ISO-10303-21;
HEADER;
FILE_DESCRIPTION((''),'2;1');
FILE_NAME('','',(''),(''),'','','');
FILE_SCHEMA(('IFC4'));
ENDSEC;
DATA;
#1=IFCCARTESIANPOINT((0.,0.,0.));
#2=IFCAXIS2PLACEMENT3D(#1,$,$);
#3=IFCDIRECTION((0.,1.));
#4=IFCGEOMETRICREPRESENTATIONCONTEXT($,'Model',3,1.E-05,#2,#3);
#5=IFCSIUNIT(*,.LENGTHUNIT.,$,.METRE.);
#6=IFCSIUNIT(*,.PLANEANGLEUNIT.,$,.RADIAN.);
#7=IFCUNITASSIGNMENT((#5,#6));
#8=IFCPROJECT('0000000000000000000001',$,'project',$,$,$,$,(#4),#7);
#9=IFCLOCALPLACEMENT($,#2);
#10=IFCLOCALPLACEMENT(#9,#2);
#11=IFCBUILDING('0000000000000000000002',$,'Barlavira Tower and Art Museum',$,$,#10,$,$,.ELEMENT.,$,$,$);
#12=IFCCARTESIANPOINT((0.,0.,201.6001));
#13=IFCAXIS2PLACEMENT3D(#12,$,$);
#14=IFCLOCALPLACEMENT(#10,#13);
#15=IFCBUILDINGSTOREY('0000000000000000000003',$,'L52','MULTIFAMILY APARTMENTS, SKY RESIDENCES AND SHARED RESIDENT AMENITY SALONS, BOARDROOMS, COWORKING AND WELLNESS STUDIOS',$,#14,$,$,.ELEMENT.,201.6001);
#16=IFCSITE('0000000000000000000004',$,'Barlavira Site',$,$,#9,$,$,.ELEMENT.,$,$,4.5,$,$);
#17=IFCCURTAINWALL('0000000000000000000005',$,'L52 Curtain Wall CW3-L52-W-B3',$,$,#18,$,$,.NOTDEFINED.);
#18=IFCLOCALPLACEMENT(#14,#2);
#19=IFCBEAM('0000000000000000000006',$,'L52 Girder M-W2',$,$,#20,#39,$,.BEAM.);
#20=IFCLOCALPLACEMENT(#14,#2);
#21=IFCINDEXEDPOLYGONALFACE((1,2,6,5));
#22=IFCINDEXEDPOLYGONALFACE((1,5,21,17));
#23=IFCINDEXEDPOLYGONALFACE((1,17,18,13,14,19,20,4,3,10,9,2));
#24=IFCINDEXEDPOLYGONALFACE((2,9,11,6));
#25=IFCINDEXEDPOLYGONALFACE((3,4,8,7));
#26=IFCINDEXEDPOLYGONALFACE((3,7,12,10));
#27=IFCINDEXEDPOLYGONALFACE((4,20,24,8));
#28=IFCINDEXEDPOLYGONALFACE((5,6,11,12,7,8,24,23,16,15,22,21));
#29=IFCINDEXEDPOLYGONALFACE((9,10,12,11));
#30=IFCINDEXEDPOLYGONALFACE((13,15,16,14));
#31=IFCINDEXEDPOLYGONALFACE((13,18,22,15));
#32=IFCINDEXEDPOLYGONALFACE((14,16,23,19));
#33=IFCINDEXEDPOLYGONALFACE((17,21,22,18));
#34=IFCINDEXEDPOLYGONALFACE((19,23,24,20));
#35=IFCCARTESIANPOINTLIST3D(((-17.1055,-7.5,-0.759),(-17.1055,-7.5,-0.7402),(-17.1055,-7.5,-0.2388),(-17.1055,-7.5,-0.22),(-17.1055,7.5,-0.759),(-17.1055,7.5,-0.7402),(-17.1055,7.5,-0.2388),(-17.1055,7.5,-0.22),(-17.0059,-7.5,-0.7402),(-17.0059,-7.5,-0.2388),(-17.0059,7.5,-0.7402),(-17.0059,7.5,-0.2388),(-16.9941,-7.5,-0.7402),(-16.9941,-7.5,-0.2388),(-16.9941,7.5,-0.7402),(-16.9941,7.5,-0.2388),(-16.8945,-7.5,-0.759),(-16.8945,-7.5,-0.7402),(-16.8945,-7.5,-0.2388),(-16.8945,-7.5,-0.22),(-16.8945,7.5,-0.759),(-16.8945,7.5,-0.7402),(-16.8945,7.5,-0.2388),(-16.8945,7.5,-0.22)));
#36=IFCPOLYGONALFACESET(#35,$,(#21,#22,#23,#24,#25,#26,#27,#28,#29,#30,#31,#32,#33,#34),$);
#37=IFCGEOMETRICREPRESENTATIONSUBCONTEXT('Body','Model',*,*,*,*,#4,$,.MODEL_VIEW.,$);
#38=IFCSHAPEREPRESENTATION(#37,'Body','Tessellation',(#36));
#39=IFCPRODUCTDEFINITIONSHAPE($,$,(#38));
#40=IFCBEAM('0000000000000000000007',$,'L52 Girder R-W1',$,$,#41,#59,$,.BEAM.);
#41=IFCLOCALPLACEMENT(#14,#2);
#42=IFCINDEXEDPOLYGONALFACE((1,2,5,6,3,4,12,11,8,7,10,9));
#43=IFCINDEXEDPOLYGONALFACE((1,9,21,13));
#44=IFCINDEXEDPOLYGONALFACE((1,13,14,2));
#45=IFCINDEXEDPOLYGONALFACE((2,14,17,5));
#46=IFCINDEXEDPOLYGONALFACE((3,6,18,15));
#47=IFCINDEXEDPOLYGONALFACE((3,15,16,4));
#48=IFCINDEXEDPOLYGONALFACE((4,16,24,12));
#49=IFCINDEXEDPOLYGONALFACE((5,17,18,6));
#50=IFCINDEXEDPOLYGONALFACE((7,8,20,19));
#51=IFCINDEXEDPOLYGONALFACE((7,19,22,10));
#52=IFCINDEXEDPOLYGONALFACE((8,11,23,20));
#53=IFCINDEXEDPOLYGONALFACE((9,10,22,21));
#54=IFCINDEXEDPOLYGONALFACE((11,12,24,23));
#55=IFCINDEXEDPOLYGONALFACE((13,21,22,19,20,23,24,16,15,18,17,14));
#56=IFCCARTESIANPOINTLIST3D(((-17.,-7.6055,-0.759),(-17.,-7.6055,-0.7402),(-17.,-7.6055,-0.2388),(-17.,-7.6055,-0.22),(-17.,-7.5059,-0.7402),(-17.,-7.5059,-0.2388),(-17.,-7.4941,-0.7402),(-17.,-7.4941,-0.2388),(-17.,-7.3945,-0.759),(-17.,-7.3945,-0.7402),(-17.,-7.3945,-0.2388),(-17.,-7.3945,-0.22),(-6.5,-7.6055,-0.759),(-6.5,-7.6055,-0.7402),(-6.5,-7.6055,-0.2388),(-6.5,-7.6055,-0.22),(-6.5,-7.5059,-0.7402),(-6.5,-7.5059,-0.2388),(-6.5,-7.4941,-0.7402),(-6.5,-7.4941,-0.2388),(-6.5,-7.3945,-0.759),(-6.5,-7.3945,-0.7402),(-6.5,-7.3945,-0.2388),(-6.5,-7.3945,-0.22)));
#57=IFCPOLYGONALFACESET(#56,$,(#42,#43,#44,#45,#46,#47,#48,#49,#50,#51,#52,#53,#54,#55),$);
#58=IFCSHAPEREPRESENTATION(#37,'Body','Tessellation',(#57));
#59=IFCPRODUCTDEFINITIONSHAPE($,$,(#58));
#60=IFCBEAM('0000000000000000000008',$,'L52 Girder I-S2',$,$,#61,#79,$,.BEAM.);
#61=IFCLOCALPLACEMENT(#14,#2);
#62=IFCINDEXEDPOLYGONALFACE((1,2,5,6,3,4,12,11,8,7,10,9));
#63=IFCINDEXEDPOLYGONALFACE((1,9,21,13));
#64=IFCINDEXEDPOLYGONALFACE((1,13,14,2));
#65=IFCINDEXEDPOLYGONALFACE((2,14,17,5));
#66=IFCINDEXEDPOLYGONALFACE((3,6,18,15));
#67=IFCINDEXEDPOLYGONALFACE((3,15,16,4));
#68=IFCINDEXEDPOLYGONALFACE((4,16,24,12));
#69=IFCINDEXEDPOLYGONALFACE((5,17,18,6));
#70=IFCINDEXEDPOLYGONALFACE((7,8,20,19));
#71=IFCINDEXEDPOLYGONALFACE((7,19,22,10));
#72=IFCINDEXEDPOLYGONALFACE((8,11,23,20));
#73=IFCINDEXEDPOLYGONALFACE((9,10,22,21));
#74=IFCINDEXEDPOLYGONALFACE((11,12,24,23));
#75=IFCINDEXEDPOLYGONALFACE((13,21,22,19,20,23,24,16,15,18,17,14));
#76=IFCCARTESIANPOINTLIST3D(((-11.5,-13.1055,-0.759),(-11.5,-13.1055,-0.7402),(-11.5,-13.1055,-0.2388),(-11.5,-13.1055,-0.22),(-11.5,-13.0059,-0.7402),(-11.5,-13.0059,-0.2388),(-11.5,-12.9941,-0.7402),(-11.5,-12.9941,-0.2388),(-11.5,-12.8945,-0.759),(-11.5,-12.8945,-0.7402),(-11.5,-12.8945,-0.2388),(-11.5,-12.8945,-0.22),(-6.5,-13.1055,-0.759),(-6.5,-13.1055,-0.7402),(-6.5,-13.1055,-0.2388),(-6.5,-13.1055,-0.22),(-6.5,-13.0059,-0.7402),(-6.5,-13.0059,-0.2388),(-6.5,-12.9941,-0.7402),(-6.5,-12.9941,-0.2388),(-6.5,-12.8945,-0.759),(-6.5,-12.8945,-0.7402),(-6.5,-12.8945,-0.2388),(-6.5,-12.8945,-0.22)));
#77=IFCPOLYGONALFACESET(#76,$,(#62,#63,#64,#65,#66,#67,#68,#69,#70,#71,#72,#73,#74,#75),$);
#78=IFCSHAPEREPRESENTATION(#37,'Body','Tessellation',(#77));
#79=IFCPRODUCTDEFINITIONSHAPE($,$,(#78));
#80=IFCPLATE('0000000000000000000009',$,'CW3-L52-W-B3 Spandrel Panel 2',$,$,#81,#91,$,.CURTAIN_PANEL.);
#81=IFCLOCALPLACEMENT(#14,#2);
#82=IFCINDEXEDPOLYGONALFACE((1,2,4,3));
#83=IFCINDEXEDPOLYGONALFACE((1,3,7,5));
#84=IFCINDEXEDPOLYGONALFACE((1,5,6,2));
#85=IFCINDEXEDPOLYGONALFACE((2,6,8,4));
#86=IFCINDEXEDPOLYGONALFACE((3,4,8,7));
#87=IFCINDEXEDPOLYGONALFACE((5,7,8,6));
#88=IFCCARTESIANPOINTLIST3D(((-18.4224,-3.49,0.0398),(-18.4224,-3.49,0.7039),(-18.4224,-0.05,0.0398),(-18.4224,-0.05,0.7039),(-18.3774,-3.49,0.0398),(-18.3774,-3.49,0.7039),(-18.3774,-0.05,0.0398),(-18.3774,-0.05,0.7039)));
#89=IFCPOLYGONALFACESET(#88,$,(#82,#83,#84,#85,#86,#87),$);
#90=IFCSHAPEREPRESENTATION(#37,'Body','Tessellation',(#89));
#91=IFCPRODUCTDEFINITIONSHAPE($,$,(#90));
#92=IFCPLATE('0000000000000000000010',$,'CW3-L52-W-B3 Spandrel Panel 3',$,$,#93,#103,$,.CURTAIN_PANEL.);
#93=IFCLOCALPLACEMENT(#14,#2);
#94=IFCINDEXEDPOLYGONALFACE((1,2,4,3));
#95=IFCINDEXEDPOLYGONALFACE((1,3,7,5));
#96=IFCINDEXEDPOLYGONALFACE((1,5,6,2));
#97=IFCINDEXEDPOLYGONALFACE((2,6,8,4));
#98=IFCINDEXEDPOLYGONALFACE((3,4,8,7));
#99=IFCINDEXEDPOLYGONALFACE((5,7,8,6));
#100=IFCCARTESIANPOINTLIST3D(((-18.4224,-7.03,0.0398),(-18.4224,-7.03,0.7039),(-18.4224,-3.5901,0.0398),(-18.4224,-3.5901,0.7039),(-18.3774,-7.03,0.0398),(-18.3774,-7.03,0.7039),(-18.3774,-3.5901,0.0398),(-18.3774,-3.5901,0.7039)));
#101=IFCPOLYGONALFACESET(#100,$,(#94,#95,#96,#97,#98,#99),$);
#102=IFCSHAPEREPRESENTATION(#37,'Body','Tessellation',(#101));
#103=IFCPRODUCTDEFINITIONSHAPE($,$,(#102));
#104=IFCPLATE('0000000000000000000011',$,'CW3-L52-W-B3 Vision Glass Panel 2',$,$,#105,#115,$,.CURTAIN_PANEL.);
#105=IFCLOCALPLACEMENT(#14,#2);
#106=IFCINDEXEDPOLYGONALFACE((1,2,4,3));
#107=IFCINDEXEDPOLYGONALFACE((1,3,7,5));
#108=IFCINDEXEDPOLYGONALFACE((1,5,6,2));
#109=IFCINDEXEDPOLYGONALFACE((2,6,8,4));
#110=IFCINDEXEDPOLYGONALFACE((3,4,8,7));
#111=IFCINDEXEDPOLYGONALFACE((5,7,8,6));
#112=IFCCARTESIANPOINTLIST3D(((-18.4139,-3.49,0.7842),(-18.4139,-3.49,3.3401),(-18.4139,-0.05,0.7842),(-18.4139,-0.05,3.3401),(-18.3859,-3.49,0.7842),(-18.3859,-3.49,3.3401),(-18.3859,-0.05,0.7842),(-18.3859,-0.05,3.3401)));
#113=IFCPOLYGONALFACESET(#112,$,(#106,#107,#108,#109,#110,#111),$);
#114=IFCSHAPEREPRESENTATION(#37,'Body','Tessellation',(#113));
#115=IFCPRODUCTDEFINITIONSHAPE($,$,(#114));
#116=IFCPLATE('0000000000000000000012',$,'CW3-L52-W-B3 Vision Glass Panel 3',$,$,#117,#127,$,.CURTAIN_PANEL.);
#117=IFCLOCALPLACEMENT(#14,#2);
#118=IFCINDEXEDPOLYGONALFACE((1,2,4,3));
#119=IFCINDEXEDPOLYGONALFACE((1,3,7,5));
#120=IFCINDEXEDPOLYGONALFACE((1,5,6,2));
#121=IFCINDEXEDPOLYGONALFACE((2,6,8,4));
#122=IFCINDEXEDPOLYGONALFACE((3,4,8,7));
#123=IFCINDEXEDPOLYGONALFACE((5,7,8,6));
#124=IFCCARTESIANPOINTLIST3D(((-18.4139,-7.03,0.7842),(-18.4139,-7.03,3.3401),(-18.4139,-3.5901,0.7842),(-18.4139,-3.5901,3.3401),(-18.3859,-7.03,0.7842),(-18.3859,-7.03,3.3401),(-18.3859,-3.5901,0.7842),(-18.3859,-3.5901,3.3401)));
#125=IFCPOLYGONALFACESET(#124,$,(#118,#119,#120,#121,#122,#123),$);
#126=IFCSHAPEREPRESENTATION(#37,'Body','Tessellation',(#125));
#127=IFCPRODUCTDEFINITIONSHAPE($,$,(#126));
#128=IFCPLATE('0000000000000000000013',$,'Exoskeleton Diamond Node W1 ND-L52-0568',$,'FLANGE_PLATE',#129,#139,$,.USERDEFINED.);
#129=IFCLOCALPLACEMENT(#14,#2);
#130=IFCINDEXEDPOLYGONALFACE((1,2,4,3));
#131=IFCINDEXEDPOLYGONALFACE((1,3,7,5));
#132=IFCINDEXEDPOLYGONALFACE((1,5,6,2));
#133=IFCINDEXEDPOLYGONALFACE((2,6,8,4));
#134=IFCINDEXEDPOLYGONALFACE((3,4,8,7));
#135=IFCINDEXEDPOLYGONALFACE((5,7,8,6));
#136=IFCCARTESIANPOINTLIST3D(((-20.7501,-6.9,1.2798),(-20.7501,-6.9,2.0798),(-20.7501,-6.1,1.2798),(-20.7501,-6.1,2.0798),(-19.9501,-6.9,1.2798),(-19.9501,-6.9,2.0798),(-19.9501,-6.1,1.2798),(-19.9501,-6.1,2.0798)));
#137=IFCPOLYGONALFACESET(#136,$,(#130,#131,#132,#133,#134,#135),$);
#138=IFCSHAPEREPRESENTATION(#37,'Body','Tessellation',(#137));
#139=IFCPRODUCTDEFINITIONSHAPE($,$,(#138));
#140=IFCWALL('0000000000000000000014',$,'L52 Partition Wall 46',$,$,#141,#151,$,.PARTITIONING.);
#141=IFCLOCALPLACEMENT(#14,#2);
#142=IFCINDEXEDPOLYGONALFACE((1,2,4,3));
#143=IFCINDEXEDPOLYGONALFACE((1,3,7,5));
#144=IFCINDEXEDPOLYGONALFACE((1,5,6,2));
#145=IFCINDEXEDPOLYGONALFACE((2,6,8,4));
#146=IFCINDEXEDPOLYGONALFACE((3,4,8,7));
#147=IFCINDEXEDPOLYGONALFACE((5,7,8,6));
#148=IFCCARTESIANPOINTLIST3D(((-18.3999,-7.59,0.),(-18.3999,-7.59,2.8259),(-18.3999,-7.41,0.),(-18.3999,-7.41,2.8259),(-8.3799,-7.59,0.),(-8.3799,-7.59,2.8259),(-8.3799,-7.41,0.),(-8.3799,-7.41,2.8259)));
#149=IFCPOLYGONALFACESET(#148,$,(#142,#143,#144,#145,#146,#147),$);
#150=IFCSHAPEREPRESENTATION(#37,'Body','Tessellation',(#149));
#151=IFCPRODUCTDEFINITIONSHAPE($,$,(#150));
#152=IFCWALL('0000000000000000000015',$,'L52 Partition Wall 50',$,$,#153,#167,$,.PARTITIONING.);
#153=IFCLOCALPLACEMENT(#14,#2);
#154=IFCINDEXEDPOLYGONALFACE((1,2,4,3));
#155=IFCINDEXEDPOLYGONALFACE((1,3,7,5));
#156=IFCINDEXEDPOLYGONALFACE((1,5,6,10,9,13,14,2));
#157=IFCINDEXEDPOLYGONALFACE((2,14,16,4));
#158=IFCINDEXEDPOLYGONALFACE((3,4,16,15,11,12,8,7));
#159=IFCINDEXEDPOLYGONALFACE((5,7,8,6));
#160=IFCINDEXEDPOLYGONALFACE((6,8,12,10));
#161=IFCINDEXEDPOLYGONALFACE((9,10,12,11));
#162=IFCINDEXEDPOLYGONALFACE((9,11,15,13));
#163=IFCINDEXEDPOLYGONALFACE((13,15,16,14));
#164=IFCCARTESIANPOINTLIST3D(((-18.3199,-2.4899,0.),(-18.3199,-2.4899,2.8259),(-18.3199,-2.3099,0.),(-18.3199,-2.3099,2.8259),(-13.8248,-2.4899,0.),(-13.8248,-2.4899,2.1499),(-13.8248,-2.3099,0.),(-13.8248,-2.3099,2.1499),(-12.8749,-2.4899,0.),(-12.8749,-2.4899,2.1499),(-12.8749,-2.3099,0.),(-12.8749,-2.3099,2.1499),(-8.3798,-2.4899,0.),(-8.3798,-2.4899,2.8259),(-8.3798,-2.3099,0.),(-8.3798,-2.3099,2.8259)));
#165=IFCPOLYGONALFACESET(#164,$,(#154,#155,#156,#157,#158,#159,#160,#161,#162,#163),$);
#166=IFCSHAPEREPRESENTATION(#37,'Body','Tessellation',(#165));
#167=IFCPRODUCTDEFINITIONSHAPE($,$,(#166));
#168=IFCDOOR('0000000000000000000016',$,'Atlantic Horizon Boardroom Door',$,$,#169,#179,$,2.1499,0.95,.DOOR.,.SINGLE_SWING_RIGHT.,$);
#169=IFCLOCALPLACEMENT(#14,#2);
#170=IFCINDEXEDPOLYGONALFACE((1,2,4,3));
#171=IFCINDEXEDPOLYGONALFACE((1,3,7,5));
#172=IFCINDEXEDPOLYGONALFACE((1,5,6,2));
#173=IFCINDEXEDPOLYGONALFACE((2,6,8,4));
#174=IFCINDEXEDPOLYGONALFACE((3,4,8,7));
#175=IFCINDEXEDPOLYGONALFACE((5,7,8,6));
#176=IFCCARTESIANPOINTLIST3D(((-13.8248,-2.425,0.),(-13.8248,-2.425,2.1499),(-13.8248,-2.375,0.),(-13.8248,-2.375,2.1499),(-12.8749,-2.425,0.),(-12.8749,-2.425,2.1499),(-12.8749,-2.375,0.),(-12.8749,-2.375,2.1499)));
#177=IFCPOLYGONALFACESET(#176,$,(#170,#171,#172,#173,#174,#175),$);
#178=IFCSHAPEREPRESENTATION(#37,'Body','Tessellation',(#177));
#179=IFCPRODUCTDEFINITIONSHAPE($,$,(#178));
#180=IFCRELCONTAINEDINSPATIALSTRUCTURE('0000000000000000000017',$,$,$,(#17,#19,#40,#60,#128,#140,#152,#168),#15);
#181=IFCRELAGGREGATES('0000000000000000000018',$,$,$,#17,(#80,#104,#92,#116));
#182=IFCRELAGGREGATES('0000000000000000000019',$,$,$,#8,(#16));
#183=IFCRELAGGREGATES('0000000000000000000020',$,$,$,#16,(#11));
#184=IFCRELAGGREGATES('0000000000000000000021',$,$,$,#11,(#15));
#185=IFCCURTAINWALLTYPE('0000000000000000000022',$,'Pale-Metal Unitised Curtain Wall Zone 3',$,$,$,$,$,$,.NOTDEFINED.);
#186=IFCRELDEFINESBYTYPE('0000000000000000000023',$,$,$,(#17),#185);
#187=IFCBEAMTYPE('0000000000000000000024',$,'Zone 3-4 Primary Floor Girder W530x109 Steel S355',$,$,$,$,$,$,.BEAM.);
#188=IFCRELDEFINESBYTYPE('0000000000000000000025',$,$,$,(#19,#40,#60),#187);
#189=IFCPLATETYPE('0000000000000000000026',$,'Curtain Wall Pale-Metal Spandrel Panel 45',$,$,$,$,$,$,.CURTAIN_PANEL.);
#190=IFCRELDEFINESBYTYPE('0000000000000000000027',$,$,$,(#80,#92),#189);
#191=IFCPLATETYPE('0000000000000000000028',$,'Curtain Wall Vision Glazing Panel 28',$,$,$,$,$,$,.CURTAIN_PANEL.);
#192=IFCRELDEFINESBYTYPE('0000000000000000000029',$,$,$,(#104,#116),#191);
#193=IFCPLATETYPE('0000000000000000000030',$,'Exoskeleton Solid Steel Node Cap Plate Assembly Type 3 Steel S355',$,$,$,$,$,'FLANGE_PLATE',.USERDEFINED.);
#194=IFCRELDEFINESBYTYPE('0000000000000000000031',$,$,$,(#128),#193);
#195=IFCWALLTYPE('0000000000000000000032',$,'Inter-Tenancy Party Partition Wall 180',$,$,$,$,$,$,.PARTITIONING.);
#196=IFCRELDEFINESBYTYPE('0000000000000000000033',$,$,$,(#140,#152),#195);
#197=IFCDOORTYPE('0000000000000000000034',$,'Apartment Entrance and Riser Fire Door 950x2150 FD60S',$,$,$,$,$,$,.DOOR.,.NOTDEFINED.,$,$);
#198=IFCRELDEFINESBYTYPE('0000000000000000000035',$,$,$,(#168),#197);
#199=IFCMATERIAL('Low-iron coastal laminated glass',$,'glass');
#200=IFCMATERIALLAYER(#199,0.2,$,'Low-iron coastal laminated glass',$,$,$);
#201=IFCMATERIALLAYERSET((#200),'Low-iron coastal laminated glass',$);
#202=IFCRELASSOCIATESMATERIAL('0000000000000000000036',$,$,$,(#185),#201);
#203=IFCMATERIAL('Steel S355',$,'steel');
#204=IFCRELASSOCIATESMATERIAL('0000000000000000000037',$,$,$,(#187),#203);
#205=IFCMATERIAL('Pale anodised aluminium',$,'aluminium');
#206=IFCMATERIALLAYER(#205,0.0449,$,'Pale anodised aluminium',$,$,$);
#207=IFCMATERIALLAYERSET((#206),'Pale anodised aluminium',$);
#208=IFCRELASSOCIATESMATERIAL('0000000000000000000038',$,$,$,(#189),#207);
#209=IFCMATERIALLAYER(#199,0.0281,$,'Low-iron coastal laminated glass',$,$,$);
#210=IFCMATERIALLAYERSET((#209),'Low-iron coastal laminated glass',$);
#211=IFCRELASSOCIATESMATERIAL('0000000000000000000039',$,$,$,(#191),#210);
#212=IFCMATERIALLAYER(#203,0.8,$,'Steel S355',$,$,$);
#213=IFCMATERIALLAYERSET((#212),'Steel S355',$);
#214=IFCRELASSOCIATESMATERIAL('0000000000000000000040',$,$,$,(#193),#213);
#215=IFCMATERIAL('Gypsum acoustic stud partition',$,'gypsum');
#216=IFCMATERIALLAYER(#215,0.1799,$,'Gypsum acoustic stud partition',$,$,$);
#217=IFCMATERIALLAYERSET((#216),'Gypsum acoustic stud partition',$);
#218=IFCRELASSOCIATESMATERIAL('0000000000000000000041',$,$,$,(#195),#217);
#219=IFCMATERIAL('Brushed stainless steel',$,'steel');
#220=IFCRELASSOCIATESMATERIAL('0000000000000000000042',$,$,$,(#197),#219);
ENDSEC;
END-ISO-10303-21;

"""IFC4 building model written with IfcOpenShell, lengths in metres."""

from ifc_helpers import new_model, si_unit, direction, frame, frame_2d, origin, origin_2d, place, context, subcontext, project, spatial, rectangle, i_section, extrude, material, layer, layer_set, material_profile, profile_set, type_object, element, fill, aggregate, save


model = new_model("IFC4")

# Units and contexts
model_context = context("Model", 3, precision=1e-05, world=origin(), true_north=direction((0.0, 1.0)))
body_context = subcontext(model_context, "Body", "Model", "MODEL_VIEW")
ifc_project = project(units=[si_unit("LENGTHUNIT", "METRE"), si_unit("PLANEANGLEUNIT", "RADIAN")], contexts=[model_context])

# Site, building, storey
site_placement = place(None, origin())
site = spatial("IfcSite", under=ifc_project, at=site_placement, Name="Barlavira Site", CompositionType="ELEMENT", RefElevation=4.5)
building_placement = place(site_placement, origin())
building = spatial("IfcBuilding", under=site, at=building_placement, Name="Barlavira Tower and Art Museum", CompositionType="ELEMENT")
storey_placement = place(building_placement, frame((0.0, 0.0, 201.6001)))
storey = spatial("IfcBuildingStorey", under=building, at=storey_placement, Name="L52", Description="MULTIFAMILY APARTMENTS, SKY RESIDENCES AND SHARED RESIDENT AMENITY SALONS, BOARDROOMS, COWORKING AND WELLNESS STUDIOS", CompositionType="ELEMENT", Elevation=201.6001)

# Curtain wall
ifc_material_1 = material(Name="Low-iron coastal laminated glass", Category="glass")
ifc_layer_1 = layer(ifc_material_1, 0.2, Name="Low-iron coastal laminated glass")
ifc_layer_set_1 = layer_set([ifc_layer_1], Name="Low-iron coastal laminated glass")
curtain_wall_type = type_object("IfcCurtainWallType", Name="Pale-Metal Unitised Curtain Wall Zone 3", PredefinedType="NOTDEFINED", material=ifc_layer_set_1)
curtain_wall_placement = place(storey_placement, origin())
curtain_wall = element("IfcCurtainWall", 1, at=curtain_wall_placement, inside=storey, type_object=curtain_wall_type, Name="L52 Curtain Wall CW3-L52-W-B3", PredefinedType="NOTDEFINED")
ifc_material_2 = material(Name="Pale anodised aluminium", Category="aluminium")

# Beams
ifc_material_3 = material(Name="Steel S355", Category="steel")
ifc_material_profile_1 = material_profile(ifc_material_3, i_section(OverallWidth=0.2109, OverallDepth=0.5391, WebThickness=0.0117, FlangeThickness=0.0188, at=origin_2d()), Name="W530x109.0")
ifc_profile_set_1 = profile_set([ifc_material_profile_1], Name="Steel S355")
beam_type_1 = type_object("IfcBeamType", Name="Zone 3-4 Primary Floor Girder W530x109 Steel S355", PredefinedType="BEAM", material=ifc_profile_set_1)
beam_1_placement = place(storey_placement, frame((-17.0, -7.5, -0.4895), z_axis=(0.0, 1.0, 0.0), x_axis=(-1.0, 0.0, 0.0)))
element("IfcBeam", 2, at=beam_1_placement, inside=storey, type_object=beam_type_1, Name="L52 Girder M-W2", PredefinedType="BEAM", context=body_context, shape_type="SweptSolid", body=[
    extrude(i_section(OverallWidth=0.2109, OverallDepth=0.5391, WebThickness=0.0117, FlangeThickness=0.0188, at=origin_2d()), origin(), (0.0, 0.0, 1.0), 15.0),
])
beam_2_placement = place(storey_placement, frame((-17.0, -7.5, -0.4895), z_axis=(1.0, 0.0, 0.0), x_axis=(0.0, 1.0, 0.0)))
element("IfcBeam", 3, at=beam_2_placement, inside=storey, type_object=beam_type_1, Name="L52 Girder R-W1", PredefinedType="BEAM", context=body_context, shape_type="SweptSolid", body=[
    extrude(i_section(OverallWidth=0.2109, OverallDepth=0.5391, WebThickness=0.0117, FlangeThickness=0.0188, at=origin_2d()), origin(), (0.0, 0.0, 1.0), 10.5),
])
beam_3_placement = place(storey_placement, frame((-11.5, -13.0, -0.4895), z_axis=(1.0, 0.0, 0.0), x_axis=(0.0, 1.0, 0.0)))
element("IfcBeam", 4, at=beam_3_placement, inside=storey, type_object=beam_type_1, Name="L52 Girder I-S2", PredefinedType="BEAM", context=body_context, shape_type="SweptSolid", body=[
    extrude(i_section(OverallWidth=0.2109, OverallDepth=0.5391, WebThickness=0.0117, FlangeThickness=0.0188, at=origin_2d()), origin(), (0.0, 0.0, 1.0), 5.0),
])

# Plates
ifc_layer_2 = layer(ifc_material_2, 0.0449, Name="Pale anodised aluminium")
ifc_layer_set_2 = layer_set([ifc_layer_2], Name="Pale anodised aluminium")
plate_type_1 = type_object("IfcPlateType", Name="Curtain Wall Pale-Metal Spandrel Panel 45", PredefinedType="CURTAIN_PANEL", material=ifc_layer_set_2)
plate_1_placement = place(storey_placement, frame((-18.3999, -1.77, 0.0398), z_axis=(0.0, 0.0, 1.0), x_axis=(0.0, -1.0, 0.0)))
plate_1 = element("IfcPlate", 5, at=plate_1_placement, type_object=plate_type_1, Name="CW3-L52-W-B3 Spandrel Panel 2", PredefinedType="CURTAIN_PANEL", context=body_context, shape_type="SweptSolid", body=[
    extrude(rectangle(XDim=3.4399, YDim=0.0449, at=origin_2d()), origin(), (0.0, 0.0, 1.0), 0.6641),
])
plate_2_placement = place(storey_placement, frame((-18.3999, -5.3101, 0.0398), z_axis=(0.0, 0.0, 1.0), x_axis=(0.0, -1.0, 0.0)))
plate_2 = element("IfcPlate", 6, at=plate_2_placement, type_object=plate_type_1, Name="CW3-L52-W-B3 Spandrel Panel 3", PredefinedType="CURTAIN_PANEL", context=body_context, shape_type="SweptSolid", body=[
    extrude(rectangle(XDim=3.4399, YDim=0.0449, at=origin_2d()), origin(), (0.0, 0.0, 1.0), 0.6641),
])
ifc_layer_3 = layer(ifc_material_1, 0.0281, Name="Low-iron coastal laminated glass")
ifc_layer_set_3 = layer_set([ifc_layer_3], Name="Low-iron coastal laminated glass")
plate_type_2 = type_object("IfcPlateType", Name="Curtain Wall Vision Glazing Panel 28", PredefinedType="CURTAIN_PANEL", material=ifc_layer_set_3)
plate_3_placement = place(storey_placement, frame((-18.3999, -1.77, 0.7842), z_axis=(0.0, 0.0, 1.0), x_axis=(0.0, -1.0, 0.0)))
plate_3 = element("IfcPlate", 7, at=plate_3_placement, type_object=plate_type_2, Name="CW3-L52-W-B3 Vision Glass Panel 2", PredefinedType="CURTAIN_PANEL", context=body_context, shape_type="SweptSolid", body=[
    extrude(rectangle(XDim=3.4399, YDim=0.0281, at=origin_2d()), origin(), (0.0, 0.0, 1.0), 2.5559),
])
plate_4_placement = place(storey_placement, frame((-18.3999, -5.3101, 0.7842), z_axis=(0.0, 0.0, 1.0), x_axis=(0.0, -1.0, 0.0)))
plate_4 = element("IfcPlate", 8, at=plate_4_placement, type_object=plate_type_2, Name="CW3-L52-W-B3 Vision Glass Panel 3", PredefinedType="CURTAIN_PANEL", context=body_context, shape_type="SweptSolid", body=[
    extrude(rectangle(XDim=3.4399, YDim=0.0281, at=origin_2d()), origin(), (0.0, 0.0, 1.0), 2.5559),
])
aggregate(curtain_wall, [plate_1, plate_3, plate_2, plate_4])
ifc_layer_4 = layer(ifc_material_3, 0.8, Name="Steel S355")
ifc_layer_set_4 = layer_set([ifc_layer_4], Name="Steel S355")
plate_type_3 = type_object("IfcPlateType", Name="Exoskeleton Solid Steel Node Cap Plate Assembly Type 3 Steel S355", ElementType="FLANGE_PLATE", PredefinedType="USERDEFINED", material=ifc_layer_set_4)
plate_5_placement = place(storey_placement, frame((-20.3501, -6.5, 1.2798), z_axis=(0.0, 0.0, 1.0), x_axis=(1.0, 0.0, 0.0)))
element("IfcPlate", 9, at=plate_5_placement, inside=storey, type_object=plate_type_3, Name="Exoskeleton Diamond Node W1 ND-L52-0568", ObjectType="FLANGE_PLATE", PredefinedType="USERDEFINED", context=body_context, shape_type="SweptSolid", body=[
    extrude(rectangle(XDim=0.8, YDim=0.8, at=origin_2d()), origin(), (0.0, 0.0, 1.0), 0.8),
])

# Shared definitions
ifc_material_4 = material(Name="Gypsum acoustic stud partition", Category="gypsum")
ifc_layer_5 = layer(ifc_material_4, 0.1799, Name="Gypsum acoustic stud partition")
ifc_layer_set_5 = layer_set([ifc_layer_5], Name="Gypsum acoustic stud partition")
wall_type_1 = type_object("IfcWallType", Name="Inter-Tenancy Party Partition Wall 180", PredefinedType="PARTITIONING", material=ifc_layer_set_5)
ifc_material_5 = material(Name="Brushed stainless steel", Category="steel")
door_type = type_object("IfcDoorType", Name="Apartment Entrance and Riser Fire Door 950x2150 FD60S", OperationType="NOTDEFINED", PredefinedType="DOOR", material=ifc_material_5)

# Wall
wall_1_placement = place(storey_placement, frame((-18.3999, -7.5, 0.0), z_axis=(0.0, 0.0, 1.0), x_axis=(1.0, 0.0, 0.0)))
element("IfcWall", 10, at=wall_1_placement, inside=storey, type_object=wall_type_1, Name="L52 Partition Wall 46", PredefinedType="PARTITIONING", context=body_context, shape_type="SweptSolid", body=[
    extrude(rectangle(XDim=10.02, YDim=0.1799, at=frame_2d((5.01, 0.0))), origin(), (0.0, 0.0, 1.0), 2.8259),
])

# Wall, opening, door
wall_2_placement = place(storey_placement, frame((-18.3201, -2.3999, 0.0), z_axis=(0.0, 0.0, 1.0), x_axis=(1.0, 0.0, 0.0)))
wall_2 = element("IfcWall", 11, at=wall_2_placement, inside=storey, type_object=wall_type_1, Name="L52 Partition Wall 50", PredefinedType="PARTITIONING", context=body_context, shape_type="SweptSolid", body=[
    extrude(rectangle(XDim=9.9402, YDim=0.1799, at=frame_2d((4.9702, 0.0))), origin(), (0.0, 0.0, 1.0), 2.8259),
])
opening_1_placement = place(wall_2_placement, frame((4.4951, 0.0, 0.0)))
opening_1 = element("IfcOpeningElement", 12, at=opening_1_placement, cuts=wall_2, PredefinedType="OPENING", context=body_context, shape_type="SweptSolid", body=[
    extrude(rectangle(XDim=0.95, YDim=2.1499, at=frame_2d((0.4751, 1.075))), frame((0.0, 0.1001, 0.0), z_axis=(0.0, -1.0, 0.0), x_axis=(1.0, 0.0, 0.0)), (0.0, 0.0, 1.0), 0.2),
])
door_1_placement = place(opening_1_placement, origin())
door_1 = element("IfcDoor", 13, at=door_1_placement, inside=storey, type_object=door_type, Name="Atlantic Horizon Boardroom Door", OperationType="SINGLE_SWING_RIGHT", OverallHeight=2.1499, OverallWidth=0.95, PredefinedType="DOOR", context=body_context, shape_type="SweptSolid", body=[
    extrude(rectangle(XDim=0.95, YDim=2.1499, at=frame_2d((0.4751, 1.075))), frame((0.0, 0.0249, 0.0), z_axis=(0.0, -1.0, 0.0), x_axis=(1.0, 0.0, 0.0)), (0.0, 0.0, 1.0), 0.05),
])
fill(opening_1, door_1)

save(model, "model.ifc")
